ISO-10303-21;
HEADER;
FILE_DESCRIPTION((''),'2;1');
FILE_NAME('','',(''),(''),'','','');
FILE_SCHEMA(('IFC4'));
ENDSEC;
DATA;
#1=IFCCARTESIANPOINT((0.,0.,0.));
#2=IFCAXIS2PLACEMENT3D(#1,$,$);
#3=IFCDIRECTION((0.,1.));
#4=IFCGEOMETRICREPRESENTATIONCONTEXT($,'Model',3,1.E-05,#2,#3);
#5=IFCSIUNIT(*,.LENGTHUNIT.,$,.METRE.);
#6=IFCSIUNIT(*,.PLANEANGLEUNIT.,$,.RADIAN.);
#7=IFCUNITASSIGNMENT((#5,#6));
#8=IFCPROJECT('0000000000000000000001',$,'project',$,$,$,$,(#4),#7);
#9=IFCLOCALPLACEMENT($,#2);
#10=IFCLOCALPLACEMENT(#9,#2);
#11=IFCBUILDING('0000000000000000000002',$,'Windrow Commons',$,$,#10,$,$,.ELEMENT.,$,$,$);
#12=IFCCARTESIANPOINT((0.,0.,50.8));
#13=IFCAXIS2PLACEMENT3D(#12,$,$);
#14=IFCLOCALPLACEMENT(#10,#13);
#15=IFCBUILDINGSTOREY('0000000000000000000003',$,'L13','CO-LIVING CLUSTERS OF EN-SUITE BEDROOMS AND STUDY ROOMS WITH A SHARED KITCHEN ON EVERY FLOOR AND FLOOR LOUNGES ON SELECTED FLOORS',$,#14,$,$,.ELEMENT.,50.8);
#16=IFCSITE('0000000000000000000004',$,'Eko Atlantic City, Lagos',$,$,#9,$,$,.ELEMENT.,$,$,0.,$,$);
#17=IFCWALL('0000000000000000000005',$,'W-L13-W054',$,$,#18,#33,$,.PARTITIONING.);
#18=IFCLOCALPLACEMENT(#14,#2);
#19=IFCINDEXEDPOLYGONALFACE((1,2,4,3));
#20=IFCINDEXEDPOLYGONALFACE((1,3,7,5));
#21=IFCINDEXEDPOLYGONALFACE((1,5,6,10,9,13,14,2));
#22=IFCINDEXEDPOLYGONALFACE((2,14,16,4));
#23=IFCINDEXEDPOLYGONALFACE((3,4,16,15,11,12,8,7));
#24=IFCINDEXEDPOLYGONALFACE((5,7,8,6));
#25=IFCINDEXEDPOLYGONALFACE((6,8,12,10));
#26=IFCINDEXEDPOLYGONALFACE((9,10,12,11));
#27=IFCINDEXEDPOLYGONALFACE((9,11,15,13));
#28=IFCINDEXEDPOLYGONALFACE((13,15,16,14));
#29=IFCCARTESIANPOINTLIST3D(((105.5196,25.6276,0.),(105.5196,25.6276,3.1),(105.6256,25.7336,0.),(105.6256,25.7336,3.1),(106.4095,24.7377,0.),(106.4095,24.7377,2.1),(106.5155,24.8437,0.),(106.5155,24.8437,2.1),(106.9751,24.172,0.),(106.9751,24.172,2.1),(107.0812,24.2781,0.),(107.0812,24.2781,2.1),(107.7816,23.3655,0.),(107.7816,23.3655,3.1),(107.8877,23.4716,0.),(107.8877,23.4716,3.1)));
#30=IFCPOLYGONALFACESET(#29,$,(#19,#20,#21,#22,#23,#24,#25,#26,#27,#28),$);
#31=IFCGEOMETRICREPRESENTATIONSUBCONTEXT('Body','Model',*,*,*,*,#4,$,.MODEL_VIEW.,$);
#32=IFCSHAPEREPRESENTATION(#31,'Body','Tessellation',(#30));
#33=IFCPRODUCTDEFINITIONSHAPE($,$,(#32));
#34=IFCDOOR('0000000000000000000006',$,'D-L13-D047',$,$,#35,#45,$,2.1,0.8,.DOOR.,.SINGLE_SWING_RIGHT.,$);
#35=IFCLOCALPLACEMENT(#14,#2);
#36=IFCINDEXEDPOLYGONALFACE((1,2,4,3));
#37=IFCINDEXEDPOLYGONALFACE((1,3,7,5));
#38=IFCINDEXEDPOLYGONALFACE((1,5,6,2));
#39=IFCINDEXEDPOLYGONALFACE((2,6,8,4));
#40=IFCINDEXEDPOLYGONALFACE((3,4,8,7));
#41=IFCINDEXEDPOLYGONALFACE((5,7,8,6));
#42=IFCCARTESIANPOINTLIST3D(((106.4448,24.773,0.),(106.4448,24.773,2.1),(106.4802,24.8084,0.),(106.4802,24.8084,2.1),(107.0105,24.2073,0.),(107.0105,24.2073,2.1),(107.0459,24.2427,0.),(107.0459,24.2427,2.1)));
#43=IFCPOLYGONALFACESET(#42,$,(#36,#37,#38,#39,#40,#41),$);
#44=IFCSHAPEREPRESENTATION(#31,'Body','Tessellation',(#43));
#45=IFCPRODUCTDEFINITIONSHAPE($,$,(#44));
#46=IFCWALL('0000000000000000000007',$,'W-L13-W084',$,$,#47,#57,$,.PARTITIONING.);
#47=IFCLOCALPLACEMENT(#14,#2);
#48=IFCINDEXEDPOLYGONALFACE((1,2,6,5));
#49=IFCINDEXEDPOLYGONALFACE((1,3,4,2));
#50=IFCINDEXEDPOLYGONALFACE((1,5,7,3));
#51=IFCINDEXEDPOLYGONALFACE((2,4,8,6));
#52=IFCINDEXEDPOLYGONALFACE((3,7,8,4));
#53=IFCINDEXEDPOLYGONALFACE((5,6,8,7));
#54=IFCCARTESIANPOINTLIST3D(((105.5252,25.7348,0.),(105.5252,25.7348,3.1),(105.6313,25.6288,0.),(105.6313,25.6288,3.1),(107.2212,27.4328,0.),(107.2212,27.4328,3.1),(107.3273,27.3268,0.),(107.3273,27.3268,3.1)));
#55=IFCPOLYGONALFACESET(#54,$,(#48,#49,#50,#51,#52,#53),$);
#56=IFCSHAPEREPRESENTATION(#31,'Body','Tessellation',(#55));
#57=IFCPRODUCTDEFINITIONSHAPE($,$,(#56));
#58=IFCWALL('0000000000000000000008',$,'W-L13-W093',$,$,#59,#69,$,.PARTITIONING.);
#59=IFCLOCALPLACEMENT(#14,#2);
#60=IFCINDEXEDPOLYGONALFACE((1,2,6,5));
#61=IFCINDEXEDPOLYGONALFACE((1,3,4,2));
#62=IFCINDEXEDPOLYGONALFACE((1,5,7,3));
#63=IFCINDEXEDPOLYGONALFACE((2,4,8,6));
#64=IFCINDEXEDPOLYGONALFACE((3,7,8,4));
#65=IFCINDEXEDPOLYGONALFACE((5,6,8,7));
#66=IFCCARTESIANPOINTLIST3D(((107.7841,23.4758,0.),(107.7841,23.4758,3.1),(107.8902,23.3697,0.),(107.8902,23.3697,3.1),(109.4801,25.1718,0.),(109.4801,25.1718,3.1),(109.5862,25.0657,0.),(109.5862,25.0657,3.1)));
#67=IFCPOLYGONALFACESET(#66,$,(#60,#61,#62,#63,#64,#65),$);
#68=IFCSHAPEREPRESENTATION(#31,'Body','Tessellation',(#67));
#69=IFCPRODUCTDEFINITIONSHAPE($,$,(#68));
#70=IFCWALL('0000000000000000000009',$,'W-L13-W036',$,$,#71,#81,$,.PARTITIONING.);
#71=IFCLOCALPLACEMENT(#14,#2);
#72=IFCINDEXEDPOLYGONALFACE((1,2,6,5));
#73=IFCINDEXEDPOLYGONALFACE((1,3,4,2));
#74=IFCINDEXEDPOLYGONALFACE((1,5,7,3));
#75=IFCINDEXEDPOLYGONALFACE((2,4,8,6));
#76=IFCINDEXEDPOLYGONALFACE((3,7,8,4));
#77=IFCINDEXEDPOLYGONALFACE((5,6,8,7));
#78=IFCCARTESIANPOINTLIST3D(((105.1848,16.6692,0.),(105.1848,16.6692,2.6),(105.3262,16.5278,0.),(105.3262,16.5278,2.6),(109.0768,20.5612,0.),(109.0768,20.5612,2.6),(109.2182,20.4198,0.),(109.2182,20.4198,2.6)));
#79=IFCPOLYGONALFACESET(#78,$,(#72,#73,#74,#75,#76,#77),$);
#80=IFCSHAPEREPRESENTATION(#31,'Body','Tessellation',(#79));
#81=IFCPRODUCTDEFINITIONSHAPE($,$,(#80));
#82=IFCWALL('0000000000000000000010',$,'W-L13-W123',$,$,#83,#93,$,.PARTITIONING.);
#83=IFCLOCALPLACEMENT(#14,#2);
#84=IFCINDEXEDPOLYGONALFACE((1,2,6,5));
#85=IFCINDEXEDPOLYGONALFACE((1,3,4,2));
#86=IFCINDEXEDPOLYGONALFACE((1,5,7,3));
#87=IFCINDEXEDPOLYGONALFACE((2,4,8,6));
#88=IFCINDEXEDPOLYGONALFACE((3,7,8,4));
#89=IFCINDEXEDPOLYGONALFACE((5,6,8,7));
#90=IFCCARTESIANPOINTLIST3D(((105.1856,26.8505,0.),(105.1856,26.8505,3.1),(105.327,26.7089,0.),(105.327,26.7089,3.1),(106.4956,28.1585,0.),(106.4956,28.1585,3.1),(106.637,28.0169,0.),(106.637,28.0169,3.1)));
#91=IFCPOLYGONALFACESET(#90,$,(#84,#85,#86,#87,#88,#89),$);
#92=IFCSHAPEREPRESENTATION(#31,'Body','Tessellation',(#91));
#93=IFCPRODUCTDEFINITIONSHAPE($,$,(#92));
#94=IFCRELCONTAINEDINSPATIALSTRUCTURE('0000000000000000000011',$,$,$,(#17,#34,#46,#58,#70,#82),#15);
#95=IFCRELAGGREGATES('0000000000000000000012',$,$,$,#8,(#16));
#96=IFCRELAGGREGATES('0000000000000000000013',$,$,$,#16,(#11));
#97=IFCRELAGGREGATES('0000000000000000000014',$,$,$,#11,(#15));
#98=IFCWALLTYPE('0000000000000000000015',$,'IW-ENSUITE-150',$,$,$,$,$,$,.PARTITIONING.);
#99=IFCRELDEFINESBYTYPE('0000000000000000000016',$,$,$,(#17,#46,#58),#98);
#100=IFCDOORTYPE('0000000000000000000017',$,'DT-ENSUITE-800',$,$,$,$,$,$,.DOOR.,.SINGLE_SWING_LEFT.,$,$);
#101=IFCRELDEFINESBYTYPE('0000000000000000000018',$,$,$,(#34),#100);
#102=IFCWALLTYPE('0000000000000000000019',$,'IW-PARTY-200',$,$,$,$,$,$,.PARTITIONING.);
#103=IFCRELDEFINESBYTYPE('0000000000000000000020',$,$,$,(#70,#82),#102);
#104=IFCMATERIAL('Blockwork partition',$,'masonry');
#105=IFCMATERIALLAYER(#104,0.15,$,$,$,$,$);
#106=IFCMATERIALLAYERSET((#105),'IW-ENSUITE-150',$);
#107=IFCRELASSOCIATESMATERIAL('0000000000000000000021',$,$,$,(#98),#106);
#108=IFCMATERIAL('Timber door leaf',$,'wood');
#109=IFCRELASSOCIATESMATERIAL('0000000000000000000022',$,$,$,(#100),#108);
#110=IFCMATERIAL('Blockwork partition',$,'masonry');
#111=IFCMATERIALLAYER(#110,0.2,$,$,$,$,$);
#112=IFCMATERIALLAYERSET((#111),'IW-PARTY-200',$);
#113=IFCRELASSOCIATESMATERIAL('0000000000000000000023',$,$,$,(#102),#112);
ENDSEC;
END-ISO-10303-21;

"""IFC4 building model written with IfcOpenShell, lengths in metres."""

from ifc_helpers import new_model, si_unit, direction, frame, frame_2d, origin, place, context, subcontext, project, spatial, rectangle, extrude, material, layer, layer_set, type_object, element, fill, save


model = new_model("IFC4")

# Units and contexts
model_context = context("Model", 3, precision=1e-05, world=origin(), true_north=direction((0.0, 1.0)))
body_context = subcontext(model_context, "Body", "Model", "MODEL_VIEW")
ifc_project = project(units=[si_unit("LENGTHUNIT", "METRE"), si_unit("PLANEANGLEUNIT", "RADIAN")], contexts=[model_context])

# Site, building, storey
site_placement = place(None, origin())
site = spatial("IfcSite", under=ifc_project, at=site_placement, Name="Eko Atlantic City, Lagos", CompositionType="ELEMENT", RefElevation=0.0)
building_placement = place(site_placement, origin())
building = spatial("IfcBuilding", under=site, at=building_placement, Name="Windrow Commons", CompositionType="ELEMENT")
storey_placement = place(building_placement, frame((0.0, 0.0, 50.8)))
storey = spatial("IfcBuildingStorey", under=building, at=storey_placement, Name="L13", Description="CO-LIVING CLUSTERS OF EN-SUITE BEDROOMS AND STUDY ROOMS WITH A SHARED KITCHEN ON EVERY FLOOR AND FLOOR LOUNGES ON SELECTED FLOORS", CompositionType="ELEMENT", Elevation=50.8)

# Wall, opening, door
ifc_material_1 = material(Name="Blockwork partition", Category="masonry")
ifc_layer_1 = layer(ifc_material_1, 0.15)
ifc_layer_set_1 = layer_set([ifc_layer_1], Name="IW-ENSUITE-150")
wall_type_1 = type_object("IfcWallType", Name="IW-ENSUITE-150", PredefinedType="PARTITIONING", material=ifc_layer_set_1)
wall_1_placement = place(storey_placement, frame((105.5726, 25.6806, 0.0), z_axis=(0.0, 0.0, 1.0), x_axis=(0.707107, -0.707107, 0.0)))
wall_1 = element("IfcWall", 1, at=wall_1_placement, inside=storey, type_object=wall_type_1, Name="W-L13-W054", PredefinedType="PARTITIONING", context=body_context, shape_type="SweptSolid", body=[
    extrude(rectangle(XDim=3.199, YDim=0.15, at=frame_2d((1.5995, 0.0))), origin(), (0.0, 0.0, 1.0), 3.1),
])
opening_1_placement = place(wall_1_placement, frame((1.2585, 0.0, 0.0)))
opening_1 = element("IfcOpeningElement", 2, at=opening_1_placement, cuts=wall_1, PredefinedType="OPENING", context=body_context, shape_type="SweptSolid", body=[
    extrude(rectangle(XDim=0.8, YDim=2.1, at=frame_2d((0.4, 1.05))), frame((0.0, 0.085, 0.0), z_axis=(0.0, -1.0, 0.0), x_axis=(1.0, 0.0, 0.0)), (0.0, 0.0, 1.0), 0.17),
])
ifc_material_2 = material(Name="Timber door leaf", Category="wood")
door_type = type_object("IfcDoorType", Name="DT-ENSUITE-800", OperationType="SINGLE_SWING_LEFT", PredefinedType="DOOR", material=ifc_material_2)
door_placement = place(opening_1_placement, origin())
door = element("IfcDoor", 3, at=door_placement, inside=storey, type_object=door_type, Name="D-L13-D047", OperationType="SINGLE_SWING_RIGHT", OverallHeight=2.1, OverallWidth=0.8, PredefinedType="DOOR", context=body_context, shape_type="SweptSolid", body=[
    extrude(rectangle(XDim=0.8, YDim=2.1, at=frame_2d((0.4, 1.05))), frame((0.0, 0.025, 0.0), z_axis=(0.0, -1.0, 0.0), x_axis=(1.0, 0.0, 0.0)), (0.0, 0.0, 1.0), 0.05),
])
fill(opening_1, door)

# Walls
wall_2_placement = place(storey_placement, frame((105.5782, 25.6818, 0.0), z_axis=(0.0, 0.0, 1.0), x_axis=(0.70669, 0.707523, 0.0)))
element("IfcWall", 4, at=wall_2_placement, inside=storey, type_object=wall_type_1, Name="W-L13-W084", PredefinedType="PARTITIONING", context=body_context, shape_type="SweptSolid", body=[
    extrude(rectangle(XDim=2.3999, YDim=0.15, at=frame_2d((1.2, 0.0))), origin(), (0.0, 0.0, 1.0), 3.1),
])
wall_3_placement = place(storey_placement, frame((107.8372, 23.4228, 0.0), z_axis=(0.0, 0.0, 1.0), x_axis=(0.707107, 0.707107, 0.0)))
element("IfcWall", 5, at=wall_3_placement, inside=storey, type_object=wall_type_1, Name="W-L13-W093", PredefinedType="PARTITIONING", context=body_context, shape_type="SweptSolid", body=[
    extrude(rectangle(XDim=2.3985, YDim=0.15, at=frame_2d((1.1992, 0.0))), origin(), (0.0, 0.0, 1.0), 3.1),
])
ifc_material_3 = material(Name="Blockwork partition", Category="masonry")
ifc_layer_2 = layer(ifc_material_3, 0.2)
ifc_layer_set_2 = layer_set([ifc_layer_2], Name="IW-PARTY-200")
wall_type_2 = type_object("IfcWallType", Name="IW-PARTY-200", PredefinedType="PARTITIONING", material=ifc_layer_set_2)
wall_4_placement = place(storey_placement, frame((105.2555, 16.5985, 0.0), z_axis=(0.0, 0.0, 1.0), x_axis=(0.707107, 0.707107, 0.0)))
element("IfcWall", 6, at=wall_4_placement, inside=storey, type_object=wall_type_2, Name="W-L13-W036", PredefinedType="PARTITIONING", context=body_context, shape_type="SweptSolid", body=[
    extrude(rectangle(XDim=5.5041, YDim=0.2, at=frame_2d((2.7521, 0.0))), origin(), (0.0, 0.0, 1.0), 2.6),
])
wall_5_placement = place(storey_placement, frame((105.2563, 26.7797, 0.0), z_axis=(0.0, 0.0, 1.0), x_axis=(0.707647, 0.706566, 0.0)))
element("IfcWall", 7, at=wall_5_placement, inside=storey, type_object=wall_type_2, Name="W-L13-W123", PredefinedType="PARTITIONING", context=body_context, shape_type="SweptSolid", body=[
    extrude(rectangle(XDim=1.8512, YDim=0.2, at=frame_2d((0.9256, 0.0))), origin(), (0.0, 0.0, 1.0), 3.1),
])

save(model, "model.ifc")
